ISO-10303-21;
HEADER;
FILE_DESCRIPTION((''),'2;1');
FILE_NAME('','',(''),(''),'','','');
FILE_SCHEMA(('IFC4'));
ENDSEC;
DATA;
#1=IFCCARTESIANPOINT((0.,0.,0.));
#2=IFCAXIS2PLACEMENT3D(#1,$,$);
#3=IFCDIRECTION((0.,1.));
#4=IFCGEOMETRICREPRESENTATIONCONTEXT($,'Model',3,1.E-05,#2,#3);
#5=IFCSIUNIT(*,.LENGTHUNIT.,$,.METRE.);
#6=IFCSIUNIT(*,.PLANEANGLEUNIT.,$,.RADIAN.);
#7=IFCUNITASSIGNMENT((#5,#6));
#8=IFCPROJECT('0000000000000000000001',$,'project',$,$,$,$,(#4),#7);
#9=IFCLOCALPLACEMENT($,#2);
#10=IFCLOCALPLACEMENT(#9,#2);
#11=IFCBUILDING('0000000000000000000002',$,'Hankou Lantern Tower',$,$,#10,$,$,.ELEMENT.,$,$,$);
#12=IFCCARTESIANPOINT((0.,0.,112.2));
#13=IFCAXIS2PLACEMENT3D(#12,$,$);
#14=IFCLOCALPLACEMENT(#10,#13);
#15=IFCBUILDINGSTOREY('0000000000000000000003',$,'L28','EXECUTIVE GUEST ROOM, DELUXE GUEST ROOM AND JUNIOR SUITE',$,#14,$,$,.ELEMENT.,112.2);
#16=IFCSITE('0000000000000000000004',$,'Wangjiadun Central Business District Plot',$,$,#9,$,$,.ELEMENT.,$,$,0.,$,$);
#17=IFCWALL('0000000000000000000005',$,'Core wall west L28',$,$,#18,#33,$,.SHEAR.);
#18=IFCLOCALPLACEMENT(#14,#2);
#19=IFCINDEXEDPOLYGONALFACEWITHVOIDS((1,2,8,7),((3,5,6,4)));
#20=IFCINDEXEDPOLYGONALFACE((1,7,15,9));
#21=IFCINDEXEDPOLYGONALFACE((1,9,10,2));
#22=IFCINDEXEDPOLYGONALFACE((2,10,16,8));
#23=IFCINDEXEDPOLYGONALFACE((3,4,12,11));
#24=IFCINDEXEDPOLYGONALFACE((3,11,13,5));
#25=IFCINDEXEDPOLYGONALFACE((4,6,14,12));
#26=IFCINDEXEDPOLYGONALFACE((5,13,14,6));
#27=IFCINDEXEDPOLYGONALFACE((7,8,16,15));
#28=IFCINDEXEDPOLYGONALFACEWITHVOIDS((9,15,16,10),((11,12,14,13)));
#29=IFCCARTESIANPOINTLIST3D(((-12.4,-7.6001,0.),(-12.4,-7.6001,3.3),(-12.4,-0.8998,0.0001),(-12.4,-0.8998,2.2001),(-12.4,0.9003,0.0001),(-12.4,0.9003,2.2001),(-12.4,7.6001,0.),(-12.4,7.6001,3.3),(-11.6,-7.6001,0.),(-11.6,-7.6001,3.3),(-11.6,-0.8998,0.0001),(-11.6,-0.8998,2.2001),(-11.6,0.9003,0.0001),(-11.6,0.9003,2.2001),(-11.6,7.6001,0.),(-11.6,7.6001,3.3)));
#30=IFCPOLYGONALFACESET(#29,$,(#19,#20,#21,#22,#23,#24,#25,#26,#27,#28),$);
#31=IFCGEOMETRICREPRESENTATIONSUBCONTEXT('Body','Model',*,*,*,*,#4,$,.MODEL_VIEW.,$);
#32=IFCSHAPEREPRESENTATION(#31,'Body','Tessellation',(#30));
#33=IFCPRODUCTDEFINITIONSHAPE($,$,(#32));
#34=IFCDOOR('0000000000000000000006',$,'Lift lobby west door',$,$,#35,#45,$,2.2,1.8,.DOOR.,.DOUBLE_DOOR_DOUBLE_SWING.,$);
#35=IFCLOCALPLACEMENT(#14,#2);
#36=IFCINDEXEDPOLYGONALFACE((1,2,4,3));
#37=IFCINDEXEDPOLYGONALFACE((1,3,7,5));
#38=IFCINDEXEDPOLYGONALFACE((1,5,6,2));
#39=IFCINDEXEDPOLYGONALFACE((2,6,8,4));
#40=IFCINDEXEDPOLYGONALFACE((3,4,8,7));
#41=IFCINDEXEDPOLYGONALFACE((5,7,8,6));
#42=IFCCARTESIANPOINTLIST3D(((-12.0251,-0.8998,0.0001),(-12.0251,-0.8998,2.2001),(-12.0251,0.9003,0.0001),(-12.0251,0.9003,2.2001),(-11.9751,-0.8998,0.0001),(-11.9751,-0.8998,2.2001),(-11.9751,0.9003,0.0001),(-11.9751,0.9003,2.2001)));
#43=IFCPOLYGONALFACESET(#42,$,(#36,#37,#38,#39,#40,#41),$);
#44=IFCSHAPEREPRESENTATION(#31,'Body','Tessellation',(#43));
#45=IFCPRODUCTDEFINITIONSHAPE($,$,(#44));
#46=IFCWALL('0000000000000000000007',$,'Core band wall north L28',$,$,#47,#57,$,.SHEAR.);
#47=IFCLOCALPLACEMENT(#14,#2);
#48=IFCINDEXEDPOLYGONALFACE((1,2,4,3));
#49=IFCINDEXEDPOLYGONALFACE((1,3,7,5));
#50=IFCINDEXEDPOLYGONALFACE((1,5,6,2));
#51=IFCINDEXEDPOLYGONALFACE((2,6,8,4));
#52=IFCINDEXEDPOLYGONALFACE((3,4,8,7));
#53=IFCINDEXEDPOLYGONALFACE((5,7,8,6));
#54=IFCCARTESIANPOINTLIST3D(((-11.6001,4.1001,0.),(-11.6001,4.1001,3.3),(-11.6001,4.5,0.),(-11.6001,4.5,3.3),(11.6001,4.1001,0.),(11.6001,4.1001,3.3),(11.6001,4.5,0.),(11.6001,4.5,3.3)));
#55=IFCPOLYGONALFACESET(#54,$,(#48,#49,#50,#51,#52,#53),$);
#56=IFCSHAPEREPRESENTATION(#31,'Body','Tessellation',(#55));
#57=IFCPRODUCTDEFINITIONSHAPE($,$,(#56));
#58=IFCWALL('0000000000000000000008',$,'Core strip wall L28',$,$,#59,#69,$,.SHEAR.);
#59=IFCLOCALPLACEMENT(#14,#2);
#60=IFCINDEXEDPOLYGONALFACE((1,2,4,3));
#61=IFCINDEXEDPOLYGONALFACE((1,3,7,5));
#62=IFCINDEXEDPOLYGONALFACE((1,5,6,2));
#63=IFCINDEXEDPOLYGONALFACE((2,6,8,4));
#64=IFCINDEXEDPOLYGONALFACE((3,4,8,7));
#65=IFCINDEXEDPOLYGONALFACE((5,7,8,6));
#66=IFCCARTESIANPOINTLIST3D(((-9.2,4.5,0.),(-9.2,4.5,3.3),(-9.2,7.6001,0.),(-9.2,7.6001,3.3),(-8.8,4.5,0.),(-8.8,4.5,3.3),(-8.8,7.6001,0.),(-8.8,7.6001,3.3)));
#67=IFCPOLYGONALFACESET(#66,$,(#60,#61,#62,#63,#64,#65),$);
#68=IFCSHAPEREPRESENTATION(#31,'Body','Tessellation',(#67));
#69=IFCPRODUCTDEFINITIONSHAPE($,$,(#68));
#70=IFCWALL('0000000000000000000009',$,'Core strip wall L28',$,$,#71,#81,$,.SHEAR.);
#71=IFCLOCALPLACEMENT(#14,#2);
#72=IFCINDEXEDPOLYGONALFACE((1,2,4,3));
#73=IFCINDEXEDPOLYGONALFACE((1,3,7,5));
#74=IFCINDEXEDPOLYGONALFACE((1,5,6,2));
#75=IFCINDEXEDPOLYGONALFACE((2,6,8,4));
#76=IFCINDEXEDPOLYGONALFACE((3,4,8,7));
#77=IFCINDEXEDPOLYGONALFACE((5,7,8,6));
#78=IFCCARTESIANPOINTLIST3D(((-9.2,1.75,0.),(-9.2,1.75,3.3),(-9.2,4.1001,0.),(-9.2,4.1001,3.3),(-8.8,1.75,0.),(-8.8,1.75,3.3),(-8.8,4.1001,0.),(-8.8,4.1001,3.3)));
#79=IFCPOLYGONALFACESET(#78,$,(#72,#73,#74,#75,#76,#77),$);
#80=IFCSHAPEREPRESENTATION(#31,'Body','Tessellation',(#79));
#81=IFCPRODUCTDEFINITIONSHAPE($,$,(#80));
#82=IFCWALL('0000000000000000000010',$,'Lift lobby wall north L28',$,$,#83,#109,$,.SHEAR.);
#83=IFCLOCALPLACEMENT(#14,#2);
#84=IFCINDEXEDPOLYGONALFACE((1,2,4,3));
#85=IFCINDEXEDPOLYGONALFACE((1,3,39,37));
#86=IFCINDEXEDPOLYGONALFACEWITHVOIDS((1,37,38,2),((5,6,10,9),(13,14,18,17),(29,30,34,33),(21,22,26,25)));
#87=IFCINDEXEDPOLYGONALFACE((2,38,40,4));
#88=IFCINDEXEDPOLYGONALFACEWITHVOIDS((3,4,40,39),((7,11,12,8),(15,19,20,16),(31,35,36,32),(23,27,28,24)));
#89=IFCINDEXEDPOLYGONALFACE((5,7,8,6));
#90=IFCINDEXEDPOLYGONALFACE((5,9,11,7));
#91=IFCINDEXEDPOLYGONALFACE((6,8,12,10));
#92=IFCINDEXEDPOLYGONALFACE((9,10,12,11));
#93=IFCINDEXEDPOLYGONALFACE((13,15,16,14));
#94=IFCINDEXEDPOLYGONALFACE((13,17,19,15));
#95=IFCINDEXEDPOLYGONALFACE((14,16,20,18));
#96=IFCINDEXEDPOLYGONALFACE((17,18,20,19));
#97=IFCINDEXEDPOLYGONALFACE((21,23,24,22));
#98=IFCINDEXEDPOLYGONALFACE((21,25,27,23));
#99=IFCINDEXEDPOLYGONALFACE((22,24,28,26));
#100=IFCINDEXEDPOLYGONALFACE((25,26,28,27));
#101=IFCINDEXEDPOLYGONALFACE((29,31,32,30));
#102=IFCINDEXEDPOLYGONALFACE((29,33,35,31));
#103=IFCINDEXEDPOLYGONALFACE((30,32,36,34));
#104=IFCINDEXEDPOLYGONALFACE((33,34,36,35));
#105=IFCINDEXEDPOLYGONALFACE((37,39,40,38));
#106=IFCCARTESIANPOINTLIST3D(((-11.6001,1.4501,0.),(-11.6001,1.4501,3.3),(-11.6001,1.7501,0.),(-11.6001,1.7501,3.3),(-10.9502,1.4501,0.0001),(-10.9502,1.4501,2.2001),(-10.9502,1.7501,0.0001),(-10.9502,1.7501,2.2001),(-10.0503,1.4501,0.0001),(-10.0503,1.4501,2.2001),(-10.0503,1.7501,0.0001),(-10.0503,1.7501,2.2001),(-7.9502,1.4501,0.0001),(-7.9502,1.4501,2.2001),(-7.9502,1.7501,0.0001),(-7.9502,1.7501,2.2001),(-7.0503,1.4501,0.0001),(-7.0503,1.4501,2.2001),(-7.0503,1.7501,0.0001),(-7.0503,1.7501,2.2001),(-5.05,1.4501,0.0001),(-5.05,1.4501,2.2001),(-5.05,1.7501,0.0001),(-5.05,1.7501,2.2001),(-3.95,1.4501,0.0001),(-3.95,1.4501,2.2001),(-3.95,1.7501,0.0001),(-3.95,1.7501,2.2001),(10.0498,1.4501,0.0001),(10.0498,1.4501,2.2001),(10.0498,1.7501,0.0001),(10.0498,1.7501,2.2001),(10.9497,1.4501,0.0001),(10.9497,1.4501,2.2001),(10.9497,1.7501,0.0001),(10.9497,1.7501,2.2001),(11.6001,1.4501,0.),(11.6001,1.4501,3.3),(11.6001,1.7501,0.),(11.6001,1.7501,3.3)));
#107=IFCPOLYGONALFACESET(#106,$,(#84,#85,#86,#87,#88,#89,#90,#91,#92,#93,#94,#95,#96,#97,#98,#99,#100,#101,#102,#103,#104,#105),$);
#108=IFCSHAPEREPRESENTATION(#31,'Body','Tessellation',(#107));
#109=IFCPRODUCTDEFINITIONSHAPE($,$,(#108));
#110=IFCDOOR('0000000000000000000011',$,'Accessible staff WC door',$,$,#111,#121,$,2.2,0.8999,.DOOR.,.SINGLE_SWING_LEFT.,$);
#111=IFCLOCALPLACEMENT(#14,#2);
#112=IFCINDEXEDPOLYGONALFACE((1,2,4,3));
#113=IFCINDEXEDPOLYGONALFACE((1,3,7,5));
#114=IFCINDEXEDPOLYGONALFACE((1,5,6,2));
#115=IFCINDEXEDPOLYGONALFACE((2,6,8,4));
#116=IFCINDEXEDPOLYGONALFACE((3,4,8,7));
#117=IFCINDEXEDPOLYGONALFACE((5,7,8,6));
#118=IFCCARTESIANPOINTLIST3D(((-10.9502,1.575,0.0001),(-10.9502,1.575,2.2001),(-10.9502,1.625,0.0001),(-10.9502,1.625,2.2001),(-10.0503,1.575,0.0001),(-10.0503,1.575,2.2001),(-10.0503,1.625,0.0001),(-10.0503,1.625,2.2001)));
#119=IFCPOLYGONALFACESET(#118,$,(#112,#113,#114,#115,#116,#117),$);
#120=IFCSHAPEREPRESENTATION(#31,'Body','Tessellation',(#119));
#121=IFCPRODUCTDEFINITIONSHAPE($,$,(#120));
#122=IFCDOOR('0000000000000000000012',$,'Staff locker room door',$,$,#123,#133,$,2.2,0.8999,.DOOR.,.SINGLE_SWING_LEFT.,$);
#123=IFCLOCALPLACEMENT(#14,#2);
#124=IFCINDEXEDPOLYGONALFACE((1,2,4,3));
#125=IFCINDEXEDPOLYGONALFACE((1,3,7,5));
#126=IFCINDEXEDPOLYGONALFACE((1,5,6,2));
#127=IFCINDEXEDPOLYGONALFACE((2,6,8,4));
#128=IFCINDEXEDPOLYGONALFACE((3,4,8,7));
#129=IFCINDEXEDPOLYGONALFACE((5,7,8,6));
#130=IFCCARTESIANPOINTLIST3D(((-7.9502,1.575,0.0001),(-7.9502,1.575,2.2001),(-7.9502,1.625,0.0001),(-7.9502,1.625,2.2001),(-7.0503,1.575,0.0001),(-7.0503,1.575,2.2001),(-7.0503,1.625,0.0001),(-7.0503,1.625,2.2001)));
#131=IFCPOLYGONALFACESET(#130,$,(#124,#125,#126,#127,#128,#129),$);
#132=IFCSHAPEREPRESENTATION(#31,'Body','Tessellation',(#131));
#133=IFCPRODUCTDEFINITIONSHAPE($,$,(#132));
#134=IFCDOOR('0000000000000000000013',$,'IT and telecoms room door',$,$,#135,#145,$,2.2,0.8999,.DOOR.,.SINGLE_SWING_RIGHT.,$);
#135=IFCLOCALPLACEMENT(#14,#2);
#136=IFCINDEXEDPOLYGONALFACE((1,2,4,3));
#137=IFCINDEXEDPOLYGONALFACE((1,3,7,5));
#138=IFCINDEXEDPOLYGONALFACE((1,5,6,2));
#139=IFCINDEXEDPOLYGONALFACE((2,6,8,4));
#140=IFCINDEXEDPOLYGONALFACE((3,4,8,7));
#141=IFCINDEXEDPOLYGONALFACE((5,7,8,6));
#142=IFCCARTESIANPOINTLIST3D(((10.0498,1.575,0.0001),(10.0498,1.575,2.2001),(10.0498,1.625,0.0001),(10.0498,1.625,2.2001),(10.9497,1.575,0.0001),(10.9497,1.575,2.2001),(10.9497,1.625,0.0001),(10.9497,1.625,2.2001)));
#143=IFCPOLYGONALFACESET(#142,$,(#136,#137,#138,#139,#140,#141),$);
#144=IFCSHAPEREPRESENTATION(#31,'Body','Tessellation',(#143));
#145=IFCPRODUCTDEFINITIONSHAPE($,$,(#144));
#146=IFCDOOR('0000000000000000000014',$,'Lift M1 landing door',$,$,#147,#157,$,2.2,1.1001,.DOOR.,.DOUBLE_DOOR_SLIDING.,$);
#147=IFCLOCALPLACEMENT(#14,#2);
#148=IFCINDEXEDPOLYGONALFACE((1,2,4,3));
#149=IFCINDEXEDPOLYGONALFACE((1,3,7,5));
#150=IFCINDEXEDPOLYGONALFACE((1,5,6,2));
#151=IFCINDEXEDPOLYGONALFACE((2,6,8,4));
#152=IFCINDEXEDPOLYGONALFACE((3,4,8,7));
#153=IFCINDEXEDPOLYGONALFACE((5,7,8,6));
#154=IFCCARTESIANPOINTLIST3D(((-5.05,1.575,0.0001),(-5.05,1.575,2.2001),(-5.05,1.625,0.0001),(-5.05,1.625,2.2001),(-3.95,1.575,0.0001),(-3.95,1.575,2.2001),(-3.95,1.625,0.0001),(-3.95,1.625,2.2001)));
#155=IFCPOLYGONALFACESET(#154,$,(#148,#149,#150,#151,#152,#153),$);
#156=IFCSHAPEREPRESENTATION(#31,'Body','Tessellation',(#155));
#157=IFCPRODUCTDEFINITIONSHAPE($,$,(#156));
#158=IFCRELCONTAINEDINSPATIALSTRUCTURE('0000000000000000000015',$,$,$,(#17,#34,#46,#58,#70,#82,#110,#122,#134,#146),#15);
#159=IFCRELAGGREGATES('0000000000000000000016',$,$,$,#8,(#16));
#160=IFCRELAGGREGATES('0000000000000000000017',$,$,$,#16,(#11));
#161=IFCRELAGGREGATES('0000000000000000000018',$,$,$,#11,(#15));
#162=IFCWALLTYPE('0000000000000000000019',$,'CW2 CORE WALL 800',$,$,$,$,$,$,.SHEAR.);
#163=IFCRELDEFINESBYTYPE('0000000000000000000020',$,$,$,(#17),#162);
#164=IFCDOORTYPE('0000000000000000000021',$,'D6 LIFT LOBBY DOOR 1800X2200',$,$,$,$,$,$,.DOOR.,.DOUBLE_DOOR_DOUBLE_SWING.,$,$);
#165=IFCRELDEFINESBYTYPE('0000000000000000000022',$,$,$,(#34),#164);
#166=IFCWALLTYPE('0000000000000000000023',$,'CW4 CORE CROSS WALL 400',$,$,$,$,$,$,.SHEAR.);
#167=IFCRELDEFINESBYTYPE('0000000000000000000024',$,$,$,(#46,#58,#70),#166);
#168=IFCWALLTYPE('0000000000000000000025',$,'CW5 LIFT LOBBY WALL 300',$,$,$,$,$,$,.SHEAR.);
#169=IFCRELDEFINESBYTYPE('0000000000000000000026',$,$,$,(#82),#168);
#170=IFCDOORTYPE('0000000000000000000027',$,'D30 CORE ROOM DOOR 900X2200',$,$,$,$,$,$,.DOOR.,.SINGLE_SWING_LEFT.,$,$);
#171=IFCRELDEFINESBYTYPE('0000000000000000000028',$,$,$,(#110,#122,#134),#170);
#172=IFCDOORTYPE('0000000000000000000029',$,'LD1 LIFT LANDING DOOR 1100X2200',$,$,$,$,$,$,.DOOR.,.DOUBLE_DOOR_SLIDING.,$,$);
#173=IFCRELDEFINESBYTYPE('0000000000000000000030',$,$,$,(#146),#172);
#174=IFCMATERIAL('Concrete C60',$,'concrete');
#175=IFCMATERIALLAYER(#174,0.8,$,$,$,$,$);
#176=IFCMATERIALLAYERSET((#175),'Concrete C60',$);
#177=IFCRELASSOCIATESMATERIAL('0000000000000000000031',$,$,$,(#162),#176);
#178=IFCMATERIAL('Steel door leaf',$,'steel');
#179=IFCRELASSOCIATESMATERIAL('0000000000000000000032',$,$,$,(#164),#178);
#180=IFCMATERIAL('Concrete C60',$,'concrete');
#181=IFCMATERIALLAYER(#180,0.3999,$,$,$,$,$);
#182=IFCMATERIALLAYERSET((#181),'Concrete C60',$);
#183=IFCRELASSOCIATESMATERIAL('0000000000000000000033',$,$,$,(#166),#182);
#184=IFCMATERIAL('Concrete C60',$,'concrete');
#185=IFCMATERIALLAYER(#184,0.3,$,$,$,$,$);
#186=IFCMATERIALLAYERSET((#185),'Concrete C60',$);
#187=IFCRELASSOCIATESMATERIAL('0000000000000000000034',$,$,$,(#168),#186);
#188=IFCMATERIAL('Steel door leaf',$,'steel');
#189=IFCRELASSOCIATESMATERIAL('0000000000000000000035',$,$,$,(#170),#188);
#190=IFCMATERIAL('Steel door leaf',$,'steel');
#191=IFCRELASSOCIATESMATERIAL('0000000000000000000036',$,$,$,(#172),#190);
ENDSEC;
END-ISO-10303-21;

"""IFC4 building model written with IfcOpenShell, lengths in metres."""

from ifc_helpers import new_model, si_unit, direction, frame, frame_2d, origin, place, context, subcontext, project, spatial, rectangle, extrude, material, layer, layer_set, type_object, element, fill, save


model = new_model("IFC4")

# Units and contexts
model_context = context("Model", 3, precision=1e-05, world=origin(), true_north=direction((0.0, 1.0)))
body_context = subcontext(model_context, "Body", "Model", "MODEL_VIEW")
ifc_project = project(units=[si_unit("LENGTHUNIT", "METRE"), si_unit("PLANEANGLEUNIT", "RADIAN")], contexts=[model_context])

# Site, building, storey
site_placement = place(None, origin())
site = spatial("IfcSite", under=ifc_project, at=site_placement, Name="Wangjiadun Central Business District Plot", CompositionType="ELEMENT", RefElevation=0.0)
building_placement = place(site_placement, origin())
building = spatial("IfcBuilding", under=site, at=building_placement, Name="Hankou Lantern Tower", CompositionType="ELEMENT")
storey_placement = place(building_placement, frame((0.0, 0.0, 112.2)))
storey = spatial("IfcBuildingStorey", under=building, at=storey_placement, Name="L28", Description="EXECUTIVE GUEST ROOM, DELUXE GUEST ROOM AND JUNIOR SUITE", CompositionType="ELEMENT", Elevation=112.2)

# Wall, opening, door
ifc_material_1 = material(Name="Concrete C60", Category="concrete")
ifc_layer_1 = layer(ifc_material_1, 0.8)
ifc_layer_set_1 = layer_set([ifc_layer_1], Name="Concrete C60")
wall_type_1 = type_object("IfcWallType", Name="CW2 CORE WALL 800", PredefinedType="SHEAR", material=ifc_layer_set_1)
wall_1_placement = place(storey_placement, frame((-12.0, 7.6001, 0.0), z_axis=(0.0, 0.0, 1.0), x_axis=(0.0, -1.0, 0.0)))
wall_1 = element("IfcWall", 1, at=wall_1_placement, inside=storey, type_object=wall_type_1, Name="Core wall west L28", PredefinedType="SHEAR", context=body_context, shape_type="SweptSolid", body=[
    extrude(rectangle(XDim=15.2002, YDim=0.8, at=frame_2d((7.6001, 0.0))), origin(), (0.0, 0.0, 1.0), 3.3),
])
opening_1_placement = place(wall_1_placement, frame((6.7, 0.0, 0.0)))
opening_1 = element("IfcOpeningElement", 2, at=opening_1_placement, cuts=wall_1, PredefinedType="OPENING", context=body_context, shape_type="SweptSolid", body=[
    extrude(rectangle(XDim=1.8, YDim=2.2, at=frame_2d((0.8999, 1.1001))), frame((0.0, 0.4099, 0.0), z_axis=(0.0, -1.0, 0.0), x_axis=(1.0, 0.0, 0.0)), (0.0, 0.0, 1.0), 0.8201),
])
ifc_material_2 = material(Name="Steel door leaf", Category="steel")
door_type_1 = type_object("IfcDoorType", Name="D6 LIFT LOBBY DOOR 1800X2200", OperationType="DOUBLE_DOOR_DOUBLE_SWING", PredefinedType="DOOR", material=ifc_material_2)
door_1_placement = place(opening_1_placement, origin())
door_1 = element("IfcDoor", 3, at=door_1_placement, inside=storey, type_object=door_type_1, Name="Lift lobby west door", OperationType="DOUBLE_DOOR_DOUBLE_SWING", OverallHeight=2.2, OverallWidth=1.8, PredefinedType="DOOR", context=body_context, shape_type="SweptSolid", body=[
    extrude(rectangle(XDim=1.8, YDim=2.2, at=frame_2d((0.8999, 1.1001))), frame((0.0, 0.0249, 0.0), z_axis=(0.0, -1.0, 0.0), x_axis=(1.0, 0.0, 0.0)), (0.0, 0.0, 1.0), 0.05),
])
fill(opening_1, door_1)

# Walls
ifc_material_3 = material(Name="Concrete C60", Category="concrete")
ifc_layer_2 = layer(ifc_material_3, 0.3999)
ifc_layer_set_2 = layer_set([ifc_layer_2], Name="Concrete C60")
wall_type_2 = type_object("IfcWallType", Name="CW4 CORE CROSS WALL 400", PredefinedType="SHEAR", material=ifc_layer_set_2)
wall_2_placement = place(storey_placement, frame((-11.6001, 4.3, 0.0), z_axis=(0.0, 0.0, 1.0), x_axis=(1.0, 0.0, 0.0)))
element("IfcWall", 4, at=wall_2_placement, inside=storey, type_object=wall_type_2, Name="Core band wall north L28", PredefinedType="SHEAR", context=body_context, shape_type="SweptSolid", body=[
    extrude(rectangle(XDim=23.2002, YDim=0.3999, at=frame_2d((11.6001, 0.0))), origin(), (0.0, 0.0, 1.0), 3.3),
])
wall_3_placement = place(storey_placement, frame((-9.0, 4.5, 0.0), z_axis=(0.0, 0.0, 1.0), x_axis=(0.0, 1.0, 0.0)))
element("IfcWall", 5, at=wall_3_placement, inside=storey, type_object=wall_type_2, Name="Core strip wall L28", PredefinedType="SHEAR", context=body_context, shape_type="SweptSolid", body=[
    extrude(rectangle(XDim=3.1001, YDim=0.3999, at=frame_2d((1.55, 0.0))), origin(), (0.0, 0.0, 1.0), 3.3),
])
wall_4_placement = place(storey_placement, frame((-9.0, 1.75, 0.0), z_axis=(0.0, 0.0, 1.0), x_axis=(0.0, 1.0, 0.0)))
element("IfcWall", 6, at=wall_4_placement, inside=storey, type_object=wall_type_2, Name="Core strip wall L28", PredefinedType="SHEAR", context=body_context, shape_type="SweptSolid", body=[
    extrude(rectangle(XDim=2.3501, YDim=0.3999, at=frame_2d((1.175, 0.0))), origin(), (0.0, 0.0, 1.0), 3.3),
])

# Wall, openings, doors
ifc_material_4 = material(Name="Concrete C60", Category="concrete")
ifc_layer_3 = layer(ifc_material_4, 0.3)
ifc_layer_set_3 = layer_set([ifc_layer_3], Name="Concrete C60")
wall_type_3 = type_object("IfcWallType", Name="CW5 LIFT LOBBY WALL 300", PredefinedType="SHEAR", material=ifc_layer_set_3)
wall_5_placement = place(storey_placement, frame((-11.6001, 1.6001, 0.0), z_axis=(0.0, 0.0, 1.0), x_axis=(1.0, 0.0, 0.0)))
wall_5 = element("IfcWall", 7, at=wall_5_placement, inside=storey, type_object=wall_type_3, Name="Lift lobby wall north L28", PredefinedType="SHEAR", context=body_context, shape_type="SweptSolid", body=[
    extrude(rectangle(XDim=23.2002, YDim=0.3, at=frame_2d((11.6001, 0.0))), origin(), (0.0, 0.0, 1.0), 3.3),
])
opening_2_placement = place(wall_5_placement, frame((6.55, 0.0, 0.0)))
opening_2 = element("IfcOpeningElement", 8, at=opening_2_placement, cuts=wall_5, PredefinedType="OPENING", context=body_context, shape_type="SweptSolid", body=[
    extrude(rectangle(XDim=1.1001, YDim=2.2, at=frame_2d((0.55, 1.1001))), frame((0.0, 0.1599, 0.0), z_axis=(0.0, -1.0, 0.0), x_axis=(1.0, 0.0, 0.0)), (0.0, 0.0, 1.0), 0.3201),
])
opening_3_placement = place(wall_5_placement, frame((0.6499, 0.0, 0.0)))
opening_3 = element("IfcOpeningElement", 9, at=opening_3_placement, cuts=wall_5, PredefinedType="OPENING", context=body_context, shape_type="SweptSolid", body=[
    extrude(rectangle(XDim=0.8999, YDim=2.2, at=frame_2d((0.45, 1.1001))), frame((0.0, 0.1599, 0.0), z_axis=(0.0, -1.0, 0.0), x_axis=(1.0, 0.0, 0.0)), (0.0, 0.0, 1.0), 0.3201),
])
opening_4_placement = place(wall_5_placement, frame((3.6499, 0.0, 0.0)))
opening_4 = element("IfcOpeningElement", 10, at=opening_4_placement, cuts=wall_5, PredefinedType="OPENING", context=body_context, shape_type="SweptSolid", body=[
    extrude(rectangle(XDim=0.8999, YDim=2.2, at=frame_2d((0.45, 1.1001))), frame((0.0, 0.1599, 0.0), z_axis=(0.0, -1.0, 0.0), x_axis=(1.0, 0.0, 0.0)), (0.0, 0.0, 1.0), 0.3201),
])
opening_5_placement = place(wall_5_placement, frame((21.6499, 0.0, 0.0)))
opening_5 = element("IfcOpeningElement", 11, at=opening_5_placement, cuts=wall_5, PredefinedType="OPENING", context=body_context, shape_type="SweptSolid", body=[
    extrude(rectangle(XDim=0.8999, YDim=2.2, at=frame_2d((0.45, 1.1001))), frame((0.0, 0.1599, 0.0), z_axis=(0.0, -1.0, 0.0), x_axis=(1.0, 0.0, 0.0)), (0.0, 0.0, 1.0), 0.3201),
])
ifc_material_5 = material(Name="Steel door leaf", Category="steel")
door_type_2 = type_object("IfcDoorType", Name="D30 CORE ROOM DOOR 900X2200", OperationType="SINGLE_SWING_LEFT", PredefinedType="DOOR", material=ifc_material_5)
door_2_placement = place(opening_3_placement, origin())
door_2 = element("IfcDoor", 12, at=door_2_placement, inside=storey, type_object=door_type_2, Name="Accessible staff WC door", OperationType="SINGLE_SWING_LEFT", OverallHeight=2.2, OverallWidth=0.8999, PredefinedType="DOOR", context=body_context, shape_type="SweptSolid", body=[
    extrude(rectangle(XDim=0.8999, YDim=2.2, at=frame_2d((0.45, 1.1001))), frame((0.0, 0.0249, 0.0), z_axis=(0.0, -1.0, 0.0), x_axis=(1.0, 0.0, 0.0)), (0.0, 0.0, 1.0), 0.05),
])
fill(opening_3, door_2)
door_3_placement = place(opening_4_placement, origin())
door_3 = element("IfcDoor", 13, at=door_3_placement, inside=storey, type_object=door_type_2, Name="Staff locker room door", OperationType="SINGLE_SWING_LEFT", OverallHeight=2.2, OverallWidth=0.8999, PredefinedType="DOOR", context=body_context, shape_type="SweptSolid", body=[
    extrude(rectangle(XDim=0.8999, YDim=2.2, at=frame_2d((0.45, 1.1001))), frame((0.0, 0.0249, 0.0), z_axis=(0.0, -1.0, 0.0), x_axis=(1.0, 0.0, 0.0)), (0.0, 0.0, 1.0), 0.05),
])
fill(opening_4, door_3)
door_4_placement = place(opening_5_placement, origin())
door_4 = element("IfcDoor", 14, at=door_4_placement, inside=storey, type_object=door_type_2, Name="IT and telecoms room door", OperationType="SINGLE_SWING_RIGHT", OverallHeight=2.2, OverallWidth=0.8999, PredefinedType="DOOR", context=body_context, shape_type="SweptSolid", body=[
    extrude(rectangle(XDim=0.8999, YDim=2.2, at=frame_2d((0.45, 1.1001))), frame((0.0, 0.0249, 0.0), z_axis=(0.0, -1.0, 0.0), x_axis=(1.0, 0.0, 0.0)), (0.0, 0.0, 1.0), 0.05),
])
fill(opening_5, door_4)
ifc_material_6 = material(Name="Steel door leaf", Category="steel")
door_type_3 = type_object("IfcDoorType", Name="LD1 LIFT LANDING DOOR 1100X2200", OperationType="DOUBLE_DOOR_SLIDING", PredefinedType="DOOR", material=ifc_material_6)
door_5_placement = place(opening_2_placement, origin())
door_5 = element("IfcDoor", 15, at=door_5_placement, inside=storey, type_object=door_type_3, Name="Lift M1 landing door", OperationType="DOUBLE_DOOR_SLIDING", OverallHeight=2.2, OverallWidth=1.1001, PredefinedType="DOOR", context=body_context, shape_type="SweptSolid", body=[
    extrude(rectangle(XDim=1.1001, YDim=2.2, at=frame_2d((0.55, 1.1001))), frame((0.0, 0.0249, 0.0), z_axis=(0.0, -1.0, 0.0), x_axis=(1.0, 0.0, 0.0)), (0.0, 0.0, 1.0), 0.05),
])
fill(opening_2, door_5)

save(model, "model.ifc")
